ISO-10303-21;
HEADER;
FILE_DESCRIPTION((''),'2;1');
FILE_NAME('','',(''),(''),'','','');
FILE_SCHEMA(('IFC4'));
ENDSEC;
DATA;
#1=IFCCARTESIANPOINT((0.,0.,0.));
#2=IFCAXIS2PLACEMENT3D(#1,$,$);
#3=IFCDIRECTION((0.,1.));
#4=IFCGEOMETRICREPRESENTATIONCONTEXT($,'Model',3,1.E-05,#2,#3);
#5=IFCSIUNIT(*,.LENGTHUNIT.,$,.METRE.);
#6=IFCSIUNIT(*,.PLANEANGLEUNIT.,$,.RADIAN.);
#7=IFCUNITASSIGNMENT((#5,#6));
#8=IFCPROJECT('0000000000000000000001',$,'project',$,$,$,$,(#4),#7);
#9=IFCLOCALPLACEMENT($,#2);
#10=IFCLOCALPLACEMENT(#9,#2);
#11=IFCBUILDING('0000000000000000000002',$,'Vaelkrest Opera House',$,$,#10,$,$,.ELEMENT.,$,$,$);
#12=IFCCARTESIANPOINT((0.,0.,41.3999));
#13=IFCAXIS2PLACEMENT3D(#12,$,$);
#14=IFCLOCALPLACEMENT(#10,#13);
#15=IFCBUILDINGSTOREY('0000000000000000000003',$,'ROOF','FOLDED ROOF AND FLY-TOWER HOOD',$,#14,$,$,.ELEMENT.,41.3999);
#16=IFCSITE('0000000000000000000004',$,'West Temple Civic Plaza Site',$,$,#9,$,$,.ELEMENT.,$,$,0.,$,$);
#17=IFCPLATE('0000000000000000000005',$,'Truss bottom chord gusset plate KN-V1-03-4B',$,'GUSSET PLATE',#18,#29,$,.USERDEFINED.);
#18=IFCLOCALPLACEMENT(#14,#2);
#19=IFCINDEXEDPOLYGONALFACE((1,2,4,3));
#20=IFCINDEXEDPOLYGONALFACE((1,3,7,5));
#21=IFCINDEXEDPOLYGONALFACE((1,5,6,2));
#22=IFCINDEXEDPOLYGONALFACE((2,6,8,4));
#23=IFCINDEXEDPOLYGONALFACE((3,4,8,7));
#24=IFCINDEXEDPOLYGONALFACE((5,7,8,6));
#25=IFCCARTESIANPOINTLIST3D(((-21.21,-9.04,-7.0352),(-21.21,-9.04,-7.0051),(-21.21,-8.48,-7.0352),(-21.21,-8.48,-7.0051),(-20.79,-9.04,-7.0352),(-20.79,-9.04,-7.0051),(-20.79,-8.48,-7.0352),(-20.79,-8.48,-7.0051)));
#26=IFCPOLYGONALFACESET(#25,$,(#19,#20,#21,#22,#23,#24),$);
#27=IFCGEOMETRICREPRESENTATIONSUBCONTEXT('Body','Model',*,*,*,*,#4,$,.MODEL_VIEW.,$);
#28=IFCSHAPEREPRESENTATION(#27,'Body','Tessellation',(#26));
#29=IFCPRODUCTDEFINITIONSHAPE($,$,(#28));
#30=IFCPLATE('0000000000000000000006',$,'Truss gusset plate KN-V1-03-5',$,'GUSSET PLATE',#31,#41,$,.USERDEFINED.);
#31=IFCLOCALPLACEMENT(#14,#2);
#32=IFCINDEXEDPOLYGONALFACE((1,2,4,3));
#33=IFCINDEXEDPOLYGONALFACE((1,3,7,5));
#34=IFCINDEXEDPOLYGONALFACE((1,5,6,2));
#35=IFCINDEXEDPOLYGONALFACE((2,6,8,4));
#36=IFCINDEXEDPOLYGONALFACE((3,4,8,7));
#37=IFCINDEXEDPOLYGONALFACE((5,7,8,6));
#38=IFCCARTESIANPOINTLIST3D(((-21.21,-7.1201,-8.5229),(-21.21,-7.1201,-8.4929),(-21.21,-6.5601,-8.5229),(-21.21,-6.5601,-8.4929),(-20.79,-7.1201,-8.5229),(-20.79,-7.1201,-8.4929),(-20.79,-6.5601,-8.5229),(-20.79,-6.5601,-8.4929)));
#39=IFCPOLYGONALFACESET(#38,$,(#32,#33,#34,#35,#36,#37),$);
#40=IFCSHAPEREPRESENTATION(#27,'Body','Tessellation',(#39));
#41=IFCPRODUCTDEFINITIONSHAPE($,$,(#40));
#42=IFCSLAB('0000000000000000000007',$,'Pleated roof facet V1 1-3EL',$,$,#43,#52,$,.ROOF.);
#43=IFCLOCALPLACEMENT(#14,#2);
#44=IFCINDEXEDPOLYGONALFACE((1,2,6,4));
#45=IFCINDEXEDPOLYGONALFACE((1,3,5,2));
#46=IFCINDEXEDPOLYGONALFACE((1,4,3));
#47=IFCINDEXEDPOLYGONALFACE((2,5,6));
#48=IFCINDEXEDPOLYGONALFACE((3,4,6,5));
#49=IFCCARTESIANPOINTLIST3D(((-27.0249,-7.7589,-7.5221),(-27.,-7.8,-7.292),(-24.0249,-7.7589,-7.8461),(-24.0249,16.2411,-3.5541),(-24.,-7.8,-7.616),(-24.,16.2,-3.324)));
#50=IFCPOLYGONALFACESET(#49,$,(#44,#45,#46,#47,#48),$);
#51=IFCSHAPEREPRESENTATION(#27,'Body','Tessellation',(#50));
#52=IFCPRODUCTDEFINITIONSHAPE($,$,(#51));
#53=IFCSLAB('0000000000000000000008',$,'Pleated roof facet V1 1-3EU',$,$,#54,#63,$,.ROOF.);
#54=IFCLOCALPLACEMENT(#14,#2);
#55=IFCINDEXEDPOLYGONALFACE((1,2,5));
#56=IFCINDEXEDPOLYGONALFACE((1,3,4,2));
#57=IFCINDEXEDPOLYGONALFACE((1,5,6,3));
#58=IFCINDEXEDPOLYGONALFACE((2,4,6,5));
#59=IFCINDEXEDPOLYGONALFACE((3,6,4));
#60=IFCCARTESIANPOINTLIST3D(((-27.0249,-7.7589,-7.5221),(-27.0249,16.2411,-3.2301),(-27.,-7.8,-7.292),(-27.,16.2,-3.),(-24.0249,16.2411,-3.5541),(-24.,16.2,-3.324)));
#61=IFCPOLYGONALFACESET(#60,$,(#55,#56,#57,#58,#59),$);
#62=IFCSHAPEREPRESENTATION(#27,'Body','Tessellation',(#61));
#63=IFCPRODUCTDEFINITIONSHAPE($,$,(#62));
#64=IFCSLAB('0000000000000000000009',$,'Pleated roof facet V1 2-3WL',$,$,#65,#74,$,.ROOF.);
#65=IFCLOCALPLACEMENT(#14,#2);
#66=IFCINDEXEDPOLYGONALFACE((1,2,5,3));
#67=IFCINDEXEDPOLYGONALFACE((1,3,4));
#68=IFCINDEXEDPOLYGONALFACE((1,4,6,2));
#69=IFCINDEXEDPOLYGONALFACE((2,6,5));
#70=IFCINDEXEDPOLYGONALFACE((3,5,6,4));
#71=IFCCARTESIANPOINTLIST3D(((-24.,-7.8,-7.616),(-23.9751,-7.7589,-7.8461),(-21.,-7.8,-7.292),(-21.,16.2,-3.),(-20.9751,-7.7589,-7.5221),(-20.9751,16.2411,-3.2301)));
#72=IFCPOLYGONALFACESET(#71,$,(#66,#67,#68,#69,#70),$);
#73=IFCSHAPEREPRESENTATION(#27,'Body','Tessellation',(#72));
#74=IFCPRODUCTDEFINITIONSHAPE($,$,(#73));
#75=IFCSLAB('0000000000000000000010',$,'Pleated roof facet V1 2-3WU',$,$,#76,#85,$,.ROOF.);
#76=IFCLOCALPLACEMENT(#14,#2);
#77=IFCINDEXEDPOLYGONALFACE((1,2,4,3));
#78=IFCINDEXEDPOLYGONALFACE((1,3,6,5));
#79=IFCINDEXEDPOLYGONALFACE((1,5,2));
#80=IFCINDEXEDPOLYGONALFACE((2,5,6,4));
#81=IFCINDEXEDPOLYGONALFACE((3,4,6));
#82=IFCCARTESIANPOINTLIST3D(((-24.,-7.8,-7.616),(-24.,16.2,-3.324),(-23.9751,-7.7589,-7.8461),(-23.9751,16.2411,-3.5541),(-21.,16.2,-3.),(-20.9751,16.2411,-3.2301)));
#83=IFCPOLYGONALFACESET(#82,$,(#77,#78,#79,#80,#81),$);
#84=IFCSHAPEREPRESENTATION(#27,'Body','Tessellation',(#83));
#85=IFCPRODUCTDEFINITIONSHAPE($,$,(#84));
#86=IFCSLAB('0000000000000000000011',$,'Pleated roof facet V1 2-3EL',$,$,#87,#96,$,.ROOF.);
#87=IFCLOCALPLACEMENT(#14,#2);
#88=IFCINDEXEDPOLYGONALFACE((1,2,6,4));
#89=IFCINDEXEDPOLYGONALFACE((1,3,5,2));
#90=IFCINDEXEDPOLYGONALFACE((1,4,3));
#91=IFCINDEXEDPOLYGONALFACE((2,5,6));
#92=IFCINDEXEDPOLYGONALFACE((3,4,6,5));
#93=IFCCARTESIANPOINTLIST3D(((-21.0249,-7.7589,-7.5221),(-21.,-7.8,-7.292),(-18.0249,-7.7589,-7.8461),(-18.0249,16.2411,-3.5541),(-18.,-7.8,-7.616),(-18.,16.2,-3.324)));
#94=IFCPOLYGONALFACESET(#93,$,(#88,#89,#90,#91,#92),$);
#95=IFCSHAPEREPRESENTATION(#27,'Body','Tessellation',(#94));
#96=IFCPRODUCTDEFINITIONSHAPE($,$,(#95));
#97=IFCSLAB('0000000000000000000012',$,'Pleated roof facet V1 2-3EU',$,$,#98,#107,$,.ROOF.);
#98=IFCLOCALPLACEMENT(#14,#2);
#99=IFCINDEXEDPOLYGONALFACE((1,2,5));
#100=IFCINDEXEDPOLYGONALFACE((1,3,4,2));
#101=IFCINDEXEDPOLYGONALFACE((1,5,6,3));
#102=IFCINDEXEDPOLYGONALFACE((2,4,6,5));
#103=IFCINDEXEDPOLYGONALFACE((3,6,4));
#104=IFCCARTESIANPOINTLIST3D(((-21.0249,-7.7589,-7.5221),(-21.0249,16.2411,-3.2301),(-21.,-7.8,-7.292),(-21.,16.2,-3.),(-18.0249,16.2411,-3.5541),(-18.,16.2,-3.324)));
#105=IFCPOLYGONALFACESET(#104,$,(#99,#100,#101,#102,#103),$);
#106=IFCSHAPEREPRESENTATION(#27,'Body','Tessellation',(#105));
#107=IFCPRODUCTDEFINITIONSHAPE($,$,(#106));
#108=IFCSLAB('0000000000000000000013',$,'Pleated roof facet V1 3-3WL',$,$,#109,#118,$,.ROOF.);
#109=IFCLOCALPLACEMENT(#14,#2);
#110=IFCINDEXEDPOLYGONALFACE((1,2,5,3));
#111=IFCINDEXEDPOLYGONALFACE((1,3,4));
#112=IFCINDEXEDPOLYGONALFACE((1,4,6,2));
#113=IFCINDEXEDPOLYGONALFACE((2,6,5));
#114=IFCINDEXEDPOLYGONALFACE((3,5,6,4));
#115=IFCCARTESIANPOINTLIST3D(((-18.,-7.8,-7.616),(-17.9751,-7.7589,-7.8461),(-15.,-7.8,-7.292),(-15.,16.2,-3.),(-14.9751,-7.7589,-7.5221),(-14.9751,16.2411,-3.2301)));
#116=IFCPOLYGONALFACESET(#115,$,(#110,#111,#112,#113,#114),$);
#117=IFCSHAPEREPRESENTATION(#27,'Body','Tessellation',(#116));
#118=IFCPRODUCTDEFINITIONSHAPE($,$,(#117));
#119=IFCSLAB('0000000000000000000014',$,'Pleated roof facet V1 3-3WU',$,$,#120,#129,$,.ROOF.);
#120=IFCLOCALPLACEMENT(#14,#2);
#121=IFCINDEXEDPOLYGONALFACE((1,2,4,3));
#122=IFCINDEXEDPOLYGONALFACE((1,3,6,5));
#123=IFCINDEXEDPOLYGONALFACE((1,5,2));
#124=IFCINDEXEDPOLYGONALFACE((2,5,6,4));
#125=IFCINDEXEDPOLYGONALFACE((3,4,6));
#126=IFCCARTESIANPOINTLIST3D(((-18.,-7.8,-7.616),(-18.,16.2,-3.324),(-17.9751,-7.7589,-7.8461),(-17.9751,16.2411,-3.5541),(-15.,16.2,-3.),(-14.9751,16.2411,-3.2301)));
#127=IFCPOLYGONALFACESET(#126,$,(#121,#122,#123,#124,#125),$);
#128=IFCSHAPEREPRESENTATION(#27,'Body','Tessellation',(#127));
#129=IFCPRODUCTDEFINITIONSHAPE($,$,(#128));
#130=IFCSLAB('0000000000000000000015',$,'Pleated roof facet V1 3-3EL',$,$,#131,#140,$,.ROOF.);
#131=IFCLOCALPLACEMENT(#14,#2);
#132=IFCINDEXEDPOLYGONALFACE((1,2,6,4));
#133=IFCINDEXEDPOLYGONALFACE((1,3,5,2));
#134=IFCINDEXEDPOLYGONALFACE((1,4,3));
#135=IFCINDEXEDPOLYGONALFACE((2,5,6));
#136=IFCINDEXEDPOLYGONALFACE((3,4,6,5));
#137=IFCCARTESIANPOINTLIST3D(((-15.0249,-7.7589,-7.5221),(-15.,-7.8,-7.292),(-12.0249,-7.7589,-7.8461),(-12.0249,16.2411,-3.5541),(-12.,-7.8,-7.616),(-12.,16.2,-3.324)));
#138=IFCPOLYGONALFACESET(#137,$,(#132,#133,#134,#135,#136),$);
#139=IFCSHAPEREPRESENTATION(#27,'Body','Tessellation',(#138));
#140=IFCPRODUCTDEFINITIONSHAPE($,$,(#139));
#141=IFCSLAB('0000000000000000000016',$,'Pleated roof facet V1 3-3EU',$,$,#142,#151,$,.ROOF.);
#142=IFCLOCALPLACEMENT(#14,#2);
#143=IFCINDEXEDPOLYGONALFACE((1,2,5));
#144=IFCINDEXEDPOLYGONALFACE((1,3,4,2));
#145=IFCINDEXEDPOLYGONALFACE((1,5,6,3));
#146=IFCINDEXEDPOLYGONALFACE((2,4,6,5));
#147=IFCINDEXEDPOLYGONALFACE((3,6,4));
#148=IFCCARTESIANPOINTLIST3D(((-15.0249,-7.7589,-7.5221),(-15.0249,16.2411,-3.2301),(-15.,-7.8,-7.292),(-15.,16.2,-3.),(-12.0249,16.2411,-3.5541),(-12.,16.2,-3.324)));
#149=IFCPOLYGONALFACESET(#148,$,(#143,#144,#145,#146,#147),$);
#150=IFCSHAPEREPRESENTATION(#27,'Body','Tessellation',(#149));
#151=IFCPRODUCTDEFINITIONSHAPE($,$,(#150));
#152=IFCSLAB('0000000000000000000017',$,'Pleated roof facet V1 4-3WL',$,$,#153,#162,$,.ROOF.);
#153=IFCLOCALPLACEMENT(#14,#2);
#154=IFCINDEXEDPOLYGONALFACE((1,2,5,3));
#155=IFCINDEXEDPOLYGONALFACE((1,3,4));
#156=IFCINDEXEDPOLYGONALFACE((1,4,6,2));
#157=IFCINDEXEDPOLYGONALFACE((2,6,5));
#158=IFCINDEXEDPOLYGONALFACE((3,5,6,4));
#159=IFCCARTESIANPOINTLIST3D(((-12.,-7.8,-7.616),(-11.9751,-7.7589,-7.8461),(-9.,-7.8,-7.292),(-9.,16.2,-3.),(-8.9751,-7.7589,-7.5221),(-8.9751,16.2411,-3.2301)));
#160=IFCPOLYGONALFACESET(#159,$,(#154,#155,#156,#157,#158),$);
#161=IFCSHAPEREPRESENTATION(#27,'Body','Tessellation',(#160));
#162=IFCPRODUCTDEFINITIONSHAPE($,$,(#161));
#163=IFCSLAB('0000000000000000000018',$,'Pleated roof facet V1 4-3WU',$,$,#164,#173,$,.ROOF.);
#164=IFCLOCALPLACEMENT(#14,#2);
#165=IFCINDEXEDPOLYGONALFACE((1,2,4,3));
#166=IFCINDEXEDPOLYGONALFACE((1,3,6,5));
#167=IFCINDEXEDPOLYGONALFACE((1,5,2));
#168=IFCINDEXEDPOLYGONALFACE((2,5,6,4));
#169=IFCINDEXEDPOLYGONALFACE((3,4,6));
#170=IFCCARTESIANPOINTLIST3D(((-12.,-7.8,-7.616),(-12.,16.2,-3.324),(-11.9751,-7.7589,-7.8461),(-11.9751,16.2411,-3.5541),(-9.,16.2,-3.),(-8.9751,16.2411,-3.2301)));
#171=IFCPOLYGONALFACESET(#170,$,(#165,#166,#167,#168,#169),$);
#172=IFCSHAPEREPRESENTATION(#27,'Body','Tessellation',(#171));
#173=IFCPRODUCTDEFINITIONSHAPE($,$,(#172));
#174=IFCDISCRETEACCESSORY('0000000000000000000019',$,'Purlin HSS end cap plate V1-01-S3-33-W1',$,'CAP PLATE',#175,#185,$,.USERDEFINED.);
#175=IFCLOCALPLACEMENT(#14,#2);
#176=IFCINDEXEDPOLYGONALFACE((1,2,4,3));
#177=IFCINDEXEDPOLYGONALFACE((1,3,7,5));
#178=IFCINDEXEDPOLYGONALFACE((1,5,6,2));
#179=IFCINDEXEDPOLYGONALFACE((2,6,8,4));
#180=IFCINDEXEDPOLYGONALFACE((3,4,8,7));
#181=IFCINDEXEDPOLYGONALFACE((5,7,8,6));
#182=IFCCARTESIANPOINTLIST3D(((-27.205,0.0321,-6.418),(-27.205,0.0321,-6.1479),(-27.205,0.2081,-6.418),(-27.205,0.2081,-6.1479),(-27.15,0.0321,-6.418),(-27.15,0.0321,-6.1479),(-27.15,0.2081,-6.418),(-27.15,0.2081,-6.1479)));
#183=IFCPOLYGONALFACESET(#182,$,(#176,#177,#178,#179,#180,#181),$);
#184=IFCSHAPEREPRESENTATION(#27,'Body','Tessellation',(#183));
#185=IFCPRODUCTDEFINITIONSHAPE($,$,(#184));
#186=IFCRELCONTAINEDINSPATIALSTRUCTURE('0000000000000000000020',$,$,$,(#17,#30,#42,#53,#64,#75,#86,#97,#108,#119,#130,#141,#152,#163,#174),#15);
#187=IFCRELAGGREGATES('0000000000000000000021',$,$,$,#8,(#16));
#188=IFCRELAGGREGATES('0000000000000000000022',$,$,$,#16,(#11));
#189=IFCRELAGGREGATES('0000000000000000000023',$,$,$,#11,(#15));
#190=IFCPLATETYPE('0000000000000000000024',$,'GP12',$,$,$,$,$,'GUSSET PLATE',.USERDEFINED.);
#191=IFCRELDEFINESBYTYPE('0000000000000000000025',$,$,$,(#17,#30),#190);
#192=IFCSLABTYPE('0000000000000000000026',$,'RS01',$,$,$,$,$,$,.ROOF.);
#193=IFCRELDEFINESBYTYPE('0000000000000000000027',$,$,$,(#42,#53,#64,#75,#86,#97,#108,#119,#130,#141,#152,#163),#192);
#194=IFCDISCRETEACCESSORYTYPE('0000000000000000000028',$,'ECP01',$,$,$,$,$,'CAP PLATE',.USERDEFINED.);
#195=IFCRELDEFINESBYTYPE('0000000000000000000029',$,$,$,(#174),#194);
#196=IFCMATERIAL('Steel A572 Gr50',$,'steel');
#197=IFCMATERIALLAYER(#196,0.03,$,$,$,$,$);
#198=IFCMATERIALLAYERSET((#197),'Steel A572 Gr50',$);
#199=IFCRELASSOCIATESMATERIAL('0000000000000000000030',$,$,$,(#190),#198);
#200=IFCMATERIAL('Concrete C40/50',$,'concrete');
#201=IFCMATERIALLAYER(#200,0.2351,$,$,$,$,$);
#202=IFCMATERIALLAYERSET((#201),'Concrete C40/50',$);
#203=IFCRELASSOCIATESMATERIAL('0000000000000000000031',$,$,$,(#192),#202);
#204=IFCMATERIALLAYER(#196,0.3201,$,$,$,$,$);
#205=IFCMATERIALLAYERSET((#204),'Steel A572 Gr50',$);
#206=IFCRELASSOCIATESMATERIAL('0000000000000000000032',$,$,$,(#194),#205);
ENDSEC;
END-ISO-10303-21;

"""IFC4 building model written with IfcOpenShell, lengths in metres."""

from ifc_helpers import new_model, si_unit, direction, frame, origin, origin_2d, place, context, subcontext, project, spatial, polyline, rectangle, outline, extrude, material, layer, layer_set, type_object, element, save


model = new_model("IFC4")

# Units and contexts
model_context = context("Model", 3, precision=1e-05, world=origin(), true_north=direction((0.0, 1.0)))
body_context = subcontext(model_context, "Body", "Model", "MODEL_VIEW")
ifc_project = project(units=[si_unit("LENGTHUNIT", "METRE"), si_unit("PLANEANGLEUNIT", "RADIAN")], contexts=[model_context])

# Site, building, storey
site_placement = place(None, origin())
site = spatial("IfcSite", under=ifc_project, at=site_placement, Name="West Temple Civic Plaza Site", CompositionType="ELEMENT", RefElevation=0.0)
building_placement = place(site_placement, origin())
building = spatial("IfcBuilding", under=site, at=building_placement, Name="Vaelkrest Opera House", CompositionType="ELEMENT")
storey_placement = place(building_placement, frame((0.0, 0.0, 41.3999)))
storey = spatial("IfcBuildingStorey", under=building, at=storey_placement, Name="ROOF", Description="FOLDED ROOF AND FLY-TOWER HOOD", CompositionType="ELEMENT", Elevation=41.3999)

# Plates
ifc_material_1 = material(Name="Steel A572 Gr50", Category="steel")
ifc_layer_1 = layer(ifc_material_1, 0.03)
ifc_layer_set_1 = layer_set([ifc_layer_1], Name="Steel A572 Gr50")
plate_type_1 = type_object("IfcPlateType", Name="GP12", ElementType="GUSSET PLATE", PredefinedType="USERDEFINED", material=ifc_layer_set_1)
for number, where, z_axis, x_axis, name in (
    (1, (-21.0, -8.76, -7.0352), (0.0, 0.0, 1.0), (0.0, 1.0, 0.0), "Truss bottom chord gusset plate KN-V1-03-4B"),
    (2, (-21.0, -6.8401, -8.5229), (0.0, 0.0, 1.0), (0.0, 1.0, 0.0), "Truss gusset plate KN-V1-03-5"),
):
    element("IfcPlate", number, at=place(storey_placement, frame(where, z_axis=z_axis, x_axis=x_axis)), inside=storey, type_object=plate_type_1, Name=name, ObjectType="GUSSET PLATE", PredefinedType="USERDEFINED", context=body_context, shape_type="SweptSolid", body=[
        extrude(rectangle(XDim=0.5601, YDim=0.4199, at=origin_2d()), origin(), (0.0, 0.0, 1.0), 0.03),
    ])

# Slabs
ifc_material_2 = material(Name="Concrete C40/50", Category="concrete")
ifc_layer_2 = layer(ifc_material_2, 0.2351)
ifc_layer_set_2 = layer_set([ifc_layer_2], Name="Concrete C40/50")
slab_type = type_object("IfcSlabType", Name="RS01", PredefinedType="ROOF", material=ifc_layer_set_2)
slab_1_placement = place(storey_placement, frame((-27.0, -7.8, -7.292), z_axis=(0.105709, -0.175054, 0.978868), x_axis=(0.994219, 0.0, -0.107367)))
element("IfcSlab", 3, at=slab_1_placement, inside=storey, type_object=slab_type, Name="Pleated roof facet V1 1-3EL", PredefinedType="ROOF", context=body_context, shape_type="SweptSolid", body=[
    extrude(outline(polyline([(0.0, 0.0), (3.0174, 0.0), (2.5566, 24.3764), (0.0, 0.0)])), origin(), (0.0, 0.0, -1.0), 0.2351),
])
slab_2_placement = place(storey_placement, frame((-27.0, -7.8, -7.292), z_axis=(0.105709, -0.175054, 0.978868), x_axis=(0.122399, 0.979188, 0.161893)))
element("IfcSlab", 4, at=slab_2_placement, inside=storey, type_object=slab_type, Name="Pleated roof facet V1 1-3EU", PredefinedType="ROOF", context=body_context, shape_type="SweptSolid", body=[
    extrude(outline(polyline([(0.0, 0.0), (24.5101, 0.0), (24.1954, 3.001), (0.0, 0.0)])), origin(), (0.0, 0.0, -1.0), 0.2351),
])
slab_3_placement = place(storey_placement, frame((-24.0, -7.8, -7.616), z_axis=(-0.105709, -0.175054, 0.978868), x_axis=(0.994219, 0.0, 0.107367)))
element("IfcSlab", 5, at=slab_3_placement, inside=storey, type_object=slab_type, Name="Pleated roof facet V1 2-3WL", PredefinedType="ROOF", context=body_context, shape_type="SweptSolid", body=[
    extrude(outline(polyline([(0.0, 0.0), (3.0174, 0.0), (3.4783, 24.3764), (0.0, 0.0)])), origin(), (0.0, 0.0, -1.0), 0.2351),
])
slab_4_placement = place(storey_placement, frame((-24.0, -7.8, -7.616), z_axis=(-0.105709, -0.175054, 0.978868), x_axis=(0.121836, 0.974686, 0.187463)))
element("IfcSlab", 6, at=slab_4_placement, inside=storey, type_object=slab_type, Name="Pleated roof facet V1 2-3WU", PredefinedType="ROOF", context=body_context, shape_type="SweptSolid", body=[
    extrude(outline(polyline([(0.0, 0.0), (24.6233, 0.0), (24.1971, 2.9872), (0.0, 0.0)])), origin(), (0.0, 0.0, -1.0), 0.2351),
])
slab_5_placement = place(storey_placement, frame((-21.0, -7.8, -7.292), z_axis=(0.105709, -0.175054, 0.978868), x_axis=(0.994219, 0.0, -0.107367)))
element("IfcSlab", 7, at=slab_5_placement, inside=storey, type_object=slab_type, Name="Pleated roof facet V1 2-3EL", PredefinedType="ROOF", context=body_context, shape_type="SweptSolid", body=[
    extrude(outline(polyline([(0.0, 0.0), (3.0174, 0.0), (2.5566, 24.3764), (0.0, 0.0)])), origin(), (0.0, 0.0, -1.0), 0.2351),
])
slab_6_placement = place(storey_placement, frame((-21.0, -7.8, -7.292), z_axis=(0.105709, -0.175054, 0.978868), x_axis=(0.122399, 0.979188, 0.161893)))
element("IfcSlab", 8, at=slab_6_placement, inside=storey, type_object=slab_type, Name="Pleated roof facet V1 2-3EU", PredefinedType="ROOF", context=body_context, shape_type="SweptSolid", body=[
    extrude(outline(polyline([(0.0, 0.0), (24.5101, 0.0), (24.1954, 3.001), (0.0, 0.0)])), origin(), (0.0, 0.0, -1.0), 0.2351),
])
slab_7_placement = place(storey_placement, frame((-18.0, -7.8, -7.616), z_axis=(-0.105709, -0.175054, 0.978868), x_axis=(0.994219, 0.0, 0.107367)))
element("IfcSlab", 9, at=slab_7_placement, inside=storey, type_object=slab_type, Name="Pleated roof facet V1 3-3WL", PredefinedType="ROOF", context=body_context, shape_type="SweptSolid", body=[
    extrude(outline(polyline([(0.0, 0.0), (3.0174, 0.0), (3.4783, 24.3764), (0.0, 0.0)])), origin(), (0.0, 0.0, -1.0), 0.2351),
])
slab_8_placement = place(storey_placement, frame((-18.0, -7.8, -7.616), z_axis=(-0.105709, -0.175054, 0.978868), x_axis=(0.121836, 0.974686, 0.187463)))
element("IfcSlab", 10, at=slab_8_placement, inside=storey, type_object=slab_type, Name="Pleated roof facet V1 3-3WU", PredefinedType="ROOF", context=body_context, shape_type="SweptSolid", body=[
    extrude(outline(polyline([(0.0, 0.0), (24.6233, 0.0), (24.1971, 2.9872), (0.0, 0.0)])), origin(), (0.0, 0.0, -1.0), 0.2351),
])
slab_9_placement = place(storey_placement, frame((-15.0, -7.8, -7.292), z_axis=(0.105709, -0.175054, 0.978868), x_axis=(0.994219, 0.0, -0.107367)))
element("IfcSlab", 11, at=slab_9_placement, inside=storey, type_object=slab_type, Name="Pleated roof facet V1 3-3EL", PredefinedType="ROOF", context=body_context, shape_type="SweptSolid", body=[
    extrude(outline(polyline([(0.0, 0.0), (3.0174, 0.0), (2.5566, 24.3764), (0.0, 0.0)])), origin(), (0.0, 0.0, -1.0), 0.2351),
])
slab_10_placement = place(storey_placement, frame((-15.0, -7.8, -7.292), z_axis=(0.105709, -0.175054, 0.978868), x_axis=(0.122399, 0.979188, 0.161893)))
element("IfcSlab", 12, at=slab_10_placement, inside=storey, type_object=slab_type, Name="Pleated roof facet V1 3-3EU", PredefinedType="ROOF", context=body_context, shape_type="SweptSolid", body=[
    extrude(outline(polyline([(0.0, 0.0), (24.5101, 0.0), (24.1954, 3.001), (0.0, 0.0)])), origin(), (0.0, 0.0, -1.0), 0.2351),
])
slab_11_placement = place(storey_placement, frame((-12.0, -7.8, -7.616), z_axis=(-0.105709, -0.175054, 0.978868), x_axis=(0.994219, 0.0, 0.107367)))
element("IfcSlab", 13, at=slab_11_placement, inside=storey, type_object=slab_type, Name="Pleated roof facet V1 4-3WL", PredefinedType="ROOF", context=body_context, shape_type="SweptSolid", body=[
    extrude(outline(polyline([(0.0, 0.0), (3.0174, 0.0), (3.4783, 24.3764), (0.0, 0.0)])), origin(), (0.0, 0.0, -1.0), 0.2351),
])
slab_12_placement = place(storey_placement, frame((-12.0, -7.8, -7.616), z_axis=(-0.105709, -0.175054, 0.978868), x_axis=(0.121836, 0.974686, 0.187463)))
element("IfcSlab", 14, at=slab_12_placement, inside=storey, type_object=slab_type, Name="Pleated roof facet V1 4-3WU", PredefinedType="ROOF", context=body_context, shape_type="SweptSolid", body=[
    extrude(outline(polyline([(0.0, 0.0), (24.6233, 0.0), (24.1971, 2.9872), (0.0, 0.0)])), origin(), (0.0, 0.0, -1.0), 0.2351),
])

# Discrete accessory
ifc_layer_3 = layer(ifc_material_1, 0.3201)
ifc_layer_set_3 = layer_set([ifc_layer_3], Name="Steel A572 Gr50")
discrete_accessory_type = type_object("IfcDiscreteAccessoryType", Name="ECP01", ElementType="CAP PLATE", PredefinedType="USERDEFINED", material=ifc_layer_set_3)
discrete_accessory_1_placement = place(storey_placement, frame((-27.1775, 0.1201, -6.418), z_axis=(0.0, 0.0, 1.0), x_axis=(1.0, 0.0, 0.0)))
element("IfcDiscreteAccessory", 15, at=discrete_accessory_1_placement, inside=storey, type_object=discrete_accessory_type, Name="Purlin HSS end cap plate V1-01-S3-33-W1", ObjectType="CAP PLATE", PredefinedType="USERDEFINED", context=body_context, shape_type="SweptSolid", body=[
    extrude(rectangle(XDim=0.0549, YDim=0.176, at=origin_2d()), origin(), (0.0, 0.0, 1.0), 0.27),
])

save(model, "model.ifc")
